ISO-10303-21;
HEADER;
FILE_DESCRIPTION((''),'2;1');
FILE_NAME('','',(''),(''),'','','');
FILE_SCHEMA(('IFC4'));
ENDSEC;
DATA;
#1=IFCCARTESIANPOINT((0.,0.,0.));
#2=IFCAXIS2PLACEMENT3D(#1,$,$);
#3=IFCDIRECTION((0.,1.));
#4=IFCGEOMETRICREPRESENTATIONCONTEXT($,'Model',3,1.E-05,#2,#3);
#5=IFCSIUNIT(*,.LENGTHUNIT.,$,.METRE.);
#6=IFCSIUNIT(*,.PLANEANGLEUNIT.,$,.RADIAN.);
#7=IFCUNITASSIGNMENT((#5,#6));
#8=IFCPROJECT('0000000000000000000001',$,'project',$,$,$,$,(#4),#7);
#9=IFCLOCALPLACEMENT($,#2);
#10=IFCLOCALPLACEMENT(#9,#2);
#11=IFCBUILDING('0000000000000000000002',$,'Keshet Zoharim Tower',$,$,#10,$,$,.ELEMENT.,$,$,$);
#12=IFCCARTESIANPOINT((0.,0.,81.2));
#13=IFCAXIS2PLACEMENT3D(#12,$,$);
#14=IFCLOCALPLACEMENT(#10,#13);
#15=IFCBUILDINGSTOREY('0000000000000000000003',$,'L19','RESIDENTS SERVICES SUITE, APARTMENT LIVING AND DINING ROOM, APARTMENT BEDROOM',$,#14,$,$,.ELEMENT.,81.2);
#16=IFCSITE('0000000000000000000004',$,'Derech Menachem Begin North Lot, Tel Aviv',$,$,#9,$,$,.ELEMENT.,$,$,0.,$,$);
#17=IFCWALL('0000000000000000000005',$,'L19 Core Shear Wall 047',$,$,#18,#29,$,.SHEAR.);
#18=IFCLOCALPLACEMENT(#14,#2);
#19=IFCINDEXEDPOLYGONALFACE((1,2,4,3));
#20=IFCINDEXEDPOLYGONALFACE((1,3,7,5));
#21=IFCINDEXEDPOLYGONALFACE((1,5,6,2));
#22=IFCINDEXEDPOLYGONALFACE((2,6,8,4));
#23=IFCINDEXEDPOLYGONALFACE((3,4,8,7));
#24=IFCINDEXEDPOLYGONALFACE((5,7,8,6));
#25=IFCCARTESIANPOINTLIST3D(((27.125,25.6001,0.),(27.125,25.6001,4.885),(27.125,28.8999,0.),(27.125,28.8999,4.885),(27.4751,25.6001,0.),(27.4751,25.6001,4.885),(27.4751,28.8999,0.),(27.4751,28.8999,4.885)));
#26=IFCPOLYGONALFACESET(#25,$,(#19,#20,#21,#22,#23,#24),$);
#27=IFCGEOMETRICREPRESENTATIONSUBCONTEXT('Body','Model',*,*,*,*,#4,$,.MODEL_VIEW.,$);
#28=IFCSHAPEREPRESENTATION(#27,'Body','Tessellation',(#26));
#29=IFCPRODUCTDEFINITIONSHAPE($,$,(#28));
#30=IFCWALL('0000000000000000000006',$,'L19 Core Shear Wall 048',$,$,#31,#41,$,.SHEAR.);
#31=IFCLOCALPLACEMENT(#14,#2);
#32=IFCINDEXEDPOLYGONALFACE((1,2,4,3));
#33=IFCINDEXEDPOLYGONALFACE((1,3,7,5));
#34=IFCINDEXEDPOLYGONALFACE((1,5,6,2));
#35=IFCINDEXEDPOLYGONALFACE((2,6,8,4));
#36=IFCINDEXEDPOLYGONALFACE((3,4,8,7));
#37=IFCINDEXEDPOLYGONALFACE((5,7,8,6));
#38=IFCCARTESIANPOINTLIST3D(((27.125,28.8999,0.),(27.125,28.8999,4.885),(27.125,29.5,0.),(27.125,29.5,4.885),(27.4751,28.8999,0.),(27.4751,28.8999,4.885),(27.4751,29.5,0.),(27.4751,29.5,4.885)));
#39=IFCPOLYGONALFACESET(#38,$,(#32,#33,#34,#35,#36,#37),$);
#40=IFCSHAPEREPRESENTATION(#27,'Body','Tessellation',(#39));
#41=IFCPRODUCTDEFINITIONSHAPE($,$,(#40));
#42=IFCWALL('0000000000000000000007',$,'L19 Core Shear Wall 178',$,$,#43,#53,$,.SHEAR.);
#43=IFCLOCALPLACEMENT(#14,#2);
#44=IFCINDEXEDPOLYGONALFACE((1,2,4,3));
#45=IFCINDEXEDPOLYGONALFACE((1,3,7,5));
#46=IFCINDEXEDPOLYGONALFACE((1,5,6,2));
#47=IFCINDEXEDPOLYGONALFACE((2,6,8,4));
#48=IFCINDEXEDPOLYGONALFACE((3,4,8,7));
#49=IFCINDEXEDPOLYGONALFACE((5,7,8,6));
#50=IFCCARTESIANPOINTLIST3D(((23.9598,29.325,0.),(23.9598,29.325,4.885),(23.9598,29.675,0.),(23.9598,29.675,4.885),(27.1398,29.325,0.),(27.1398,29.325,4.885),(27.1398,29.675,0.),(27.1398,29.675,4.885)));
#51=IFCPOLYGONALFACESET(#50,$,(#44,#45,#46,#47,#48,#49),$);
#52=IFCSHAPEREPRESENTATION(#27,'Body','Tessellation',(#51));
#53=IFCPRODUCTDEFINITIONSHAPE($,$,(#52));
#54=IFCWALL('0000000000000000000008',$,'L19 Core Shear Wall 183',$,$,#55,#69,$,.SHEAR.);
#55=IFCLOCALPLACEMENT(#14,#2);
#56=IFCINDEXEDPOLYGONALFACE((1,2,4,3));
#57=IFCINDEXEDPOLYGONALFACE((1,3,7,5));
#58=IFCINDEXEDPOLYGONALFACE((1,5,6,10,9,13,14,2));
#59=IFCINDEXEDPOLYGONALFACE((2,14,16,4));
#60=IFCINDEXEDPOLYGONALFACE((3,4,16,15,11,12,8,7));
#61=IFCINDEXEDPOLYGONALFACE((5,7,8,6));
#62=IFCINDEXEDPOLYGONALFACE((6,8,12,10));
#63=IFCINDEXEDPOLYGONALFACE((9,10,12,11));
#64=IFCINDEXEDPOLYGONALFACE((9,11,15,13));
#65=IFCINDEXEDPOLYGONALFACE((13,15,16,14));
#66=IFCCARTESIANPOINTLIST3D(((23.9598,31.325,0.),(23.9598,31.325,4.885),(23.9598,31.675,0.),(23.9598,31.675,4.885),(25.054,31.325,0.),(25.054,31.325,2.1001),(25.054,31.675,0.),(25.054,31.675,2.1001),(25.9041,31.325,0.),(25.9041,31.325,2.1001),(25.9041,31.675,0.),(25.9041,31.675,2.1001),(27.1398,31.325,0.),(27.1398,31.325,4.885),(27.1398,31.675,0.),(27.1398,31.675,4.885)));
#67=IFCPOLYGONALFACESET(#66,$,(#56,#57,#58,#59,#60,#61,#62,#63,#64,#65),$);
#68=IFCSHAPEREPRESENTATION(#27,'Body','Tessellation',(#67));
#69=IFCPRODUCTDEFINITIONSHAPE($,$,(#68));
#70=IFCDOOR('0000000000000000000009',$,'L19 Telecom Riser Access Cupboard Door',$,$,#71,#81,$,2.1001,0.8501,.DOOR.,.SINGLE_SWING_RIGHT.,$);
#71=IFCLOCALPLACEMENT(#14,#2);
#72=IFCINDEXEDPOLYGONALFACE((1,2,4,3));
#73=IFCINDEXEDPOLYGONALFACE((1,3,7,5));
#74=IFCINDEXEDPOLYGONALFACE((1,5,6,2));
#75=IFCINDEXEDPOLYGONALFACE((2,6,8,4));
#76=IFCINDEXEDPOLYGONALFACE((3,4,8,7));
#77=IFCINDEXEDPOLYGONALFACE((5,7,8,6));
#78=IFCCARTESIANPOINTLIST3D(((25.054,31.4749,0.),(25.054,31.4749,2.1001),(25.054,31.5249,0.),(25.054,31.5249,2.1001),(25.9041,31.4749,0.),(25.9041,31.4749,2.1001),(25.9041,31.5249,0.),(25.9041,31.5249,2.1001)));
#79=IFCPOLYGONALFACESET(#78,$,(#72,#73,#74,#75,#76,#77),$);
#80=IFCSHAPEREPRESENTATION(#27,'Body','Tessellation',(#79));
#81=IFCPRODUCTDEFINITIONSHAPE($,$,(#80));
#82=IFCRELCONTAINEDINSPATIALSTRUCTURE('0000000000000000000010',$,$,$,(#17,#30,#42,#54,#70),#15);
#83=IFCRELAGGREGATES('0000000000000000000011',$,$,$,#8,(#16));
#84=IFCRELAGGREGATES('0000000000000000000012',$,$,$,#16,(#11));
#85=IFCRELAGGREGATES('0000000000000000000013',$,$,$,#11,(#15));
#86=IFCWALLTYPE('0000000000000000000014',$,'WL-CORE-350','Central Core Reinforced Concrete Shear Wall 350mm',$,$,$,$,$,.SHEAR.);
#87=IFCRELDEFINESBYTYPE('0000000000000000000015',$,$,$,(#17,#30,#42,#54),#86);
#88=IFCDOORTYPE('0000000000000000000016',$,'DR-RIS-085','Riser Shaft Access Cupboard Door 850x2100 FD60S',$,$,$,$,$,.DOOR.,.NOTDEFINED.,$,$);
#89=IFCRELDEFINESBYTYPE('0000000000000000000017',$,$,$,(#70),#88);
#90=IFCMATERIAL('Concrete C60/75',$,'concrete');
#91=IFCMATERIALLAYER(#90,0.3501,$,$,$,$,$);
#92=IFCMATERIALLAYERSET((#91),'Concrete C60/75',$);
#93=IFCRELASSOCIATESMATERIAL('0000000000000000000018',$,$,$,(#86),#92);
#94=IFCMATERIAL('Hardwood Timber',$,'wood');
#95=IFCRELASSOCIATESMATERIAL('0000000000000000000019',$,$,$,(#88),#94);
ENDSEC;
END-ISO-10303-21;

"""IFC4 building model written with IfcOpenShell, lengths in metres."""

from ifc_helpers import new_model, si_unit, direction, frame, frame_2d, origin, place, context, subcontext, project, spatial, rectangle, extrude, material, layer, layer_set, type_object, element, fill, save


model = new_model("IFC4")

# Units and contexts
model_context = context("Model", 3, precision=1e-05, world=origin(), true_north=direction((0.0, 1.0)))
body_context = subcontext(model_context, "Body", "Model", "MODEL_VIEW")
ifc_project = project(units=[si_unit("LENGTHUNIT", "METRE"), si_unit("PLANEANGLEUNIT", "RADIAN")], contexts=[model_context])

# Site, building, storey
site_placement = place(None, origin())
site = spatial("IfcSite", under=ifc_project, at=site_placement, Name="Derech Menachem Begin North Lot, Tel Aviv", CompositionType="ELEMENT", RefElevation=0.0)
building_placement = place(site_placement, origin())
building = spatial("IfcBuilding", under=site, at=building_placement, Name="Keshet Zoharim Tower", CompositionType="ELEMENT")
storey_placement = place(building_placement, frame((0.0, 0.0, 81.2)))
storey = spatial("IfcBuildingStorey", under=building, at=storey_placement, Name="L19", Description="RESIDENTS SERVICES SUITE, APARTMENT LIVING AND DINING ROOM, APARTMENT BEDROOM", CompositionType="ELEMENT", Elevation=81.2)

# Shared definitions
ifc_material_1 = material(Name="Concrete C60/75", Category="concrete")
ifc_layer_1 = layer(ifc_material_1, 0.3501)
ifc_layer_set_1 = layer_set([ifc_layer_1], Name="Concrete C60/75")
wall_type_1 = type_object("IfcWallType", Name="WL-CORE-350", Description="Central Core Reinforced Concrete Shear Wall 350mm", PredefinedType="SHEAR", material=ifc_layer_set_1)

# Shared definitions
ifc_material_2 = material(Name="Hardwood Timber", Category="wood")

# Walls
wall_1_placement = place(storey_placement, frame((27.3, 25.6001, 0.0), z_axis=(0.0, 0.0, 1.0), x_axis=(0.0, 1.0, 0.0)))
element("IfcWall", 1, at=wall_1_placement, inside=storey, type_object=wall_type_1, Name="L19 Core Shear Wall 047", PredefinedType="SHEAR", context=body_context, shape_type="SweptSolid", body=[
    extrude(rectangle(XDim=3.2998, YDim=0.3501, at=frame_2d((1.6499, 0.0))), origin(), (0.0, 0.0, 1.0), 4.885),
])
wall_2_placement = place(storey_placement, frame((27.3, 28.8999, 0.0), z_axis=(0.0, 0.0, 1.0), x_axis=(0.0, 1.0, 0.0)))
element("IfcWall", 2, at=wall_2_placement, inside=storey, type_object=wall_type_1, Name="L19 Core Shear Wall 048", PredefinedType="SHEAR", context=body_context, shape_type="SweptSolid", body=[
    extrude(rectangle(XDim=0.6001, YDim=0.3501, at=frame_2d((0.3, 0.0))), origin(), (0.0, 0.0, 1.0), 4.885),
])
wall_3_placement = place(storey_placement, frame((23.96, 29.5, 0.0), z_axis=(0.0, 0.0, 1.0), x_axis=(1.0, 0.0, 0.0)))
element("IfcWall", 3, at=wall_3_placement, inside=storey, type_object=wall_type_1, Name="L19 Core Shear Wall 178", PredefinedType="SHEAR", context=body_context, shape_type="SweptSolid", body=[
    extrude(rectangle(XDim=3.1799, YDim=0.3501, at=frame_2d((1.5898, 0.0))), origin(), (0.0, 0.0, 1.0), 4.885),
])

# Wall, opening, door
wall_4_placement = place(storey_placement, frame((23.96, 31.5, 0.0), z_axis=(0.0, 0.0, 1.0), x_axis=(1.0, 0.0, 0.0)))
wall_4 = element("IfcWall", 4, at=wall_4_placement, inside=storey, type_object=wall_type_1, Name="L19 Core Shear Wall 183", PredefinedType="SHEAR", context=body_context, shape_type="SweptSolid", body=[
    extrude(rectangle(XDim=3.1799, YDim=0.3501, at=frame_2d((1.5898, 0.0))), origin(), (0.0, 0.0, 1.0), 4.885),
])
opening_1_placement = place(wall_4_placement, frame((1.094, 0.0, 0.0)))
opening_1 = element("IfcOpeningElement", 5, at=opening_1_placement, cuts=wall_4, PredefinedType="OPENING", context=body_context, shape_type="SweptSolid", body=[
    extrude(rectangle(XDim=0.8501, YDim=2.1001, at=frame_2d((0.425, 1.05))), frame((0.0, 0.1851, 0.0), z_axis=(0.0, -1.0, 0.0), x_axis=(1.0, 0.0, 0.0)), (0.0, 0.0, 1.0), 0.3701),
])
door_type_1 = type_object("IfcDoorType", Name="DR-RIS-085", Description="Riser Shaft Access Cupboard Door 850x2100 FD60S", OperationType="NOTDEFINED", PredefinedType="DOOR", material=ifc_material_2)
door_1_placement = place(opening_1_placement, origin())
door_1 = element("IfcDoor", 6, at=door_1_placement, inside=storey, type_object=door_type_1, Name="L19 Telecom Riser Access Cupboard Door", OperationType="SINGLE_SWING_RIGHT", OverallHeight=2.1001, OverallWidth=0.8501, PredefinedType="DOOR", context=body_context, shape_type="SweptSolid", body=[
    extrude(rectangle(XDim=0.8501, YDim=2.1001, at=frame_2d((0.425, 1.05))), frame((0.0, 0.0249, 0.0), z_axis=(0.0, -1.0, 0.0), x_axis=(1.0, 0.0, 0.0)), (0.0, 0.0, 1.0), 0.05),
])
fill(opening_1, door_1)

save(model, "model.ifc")
